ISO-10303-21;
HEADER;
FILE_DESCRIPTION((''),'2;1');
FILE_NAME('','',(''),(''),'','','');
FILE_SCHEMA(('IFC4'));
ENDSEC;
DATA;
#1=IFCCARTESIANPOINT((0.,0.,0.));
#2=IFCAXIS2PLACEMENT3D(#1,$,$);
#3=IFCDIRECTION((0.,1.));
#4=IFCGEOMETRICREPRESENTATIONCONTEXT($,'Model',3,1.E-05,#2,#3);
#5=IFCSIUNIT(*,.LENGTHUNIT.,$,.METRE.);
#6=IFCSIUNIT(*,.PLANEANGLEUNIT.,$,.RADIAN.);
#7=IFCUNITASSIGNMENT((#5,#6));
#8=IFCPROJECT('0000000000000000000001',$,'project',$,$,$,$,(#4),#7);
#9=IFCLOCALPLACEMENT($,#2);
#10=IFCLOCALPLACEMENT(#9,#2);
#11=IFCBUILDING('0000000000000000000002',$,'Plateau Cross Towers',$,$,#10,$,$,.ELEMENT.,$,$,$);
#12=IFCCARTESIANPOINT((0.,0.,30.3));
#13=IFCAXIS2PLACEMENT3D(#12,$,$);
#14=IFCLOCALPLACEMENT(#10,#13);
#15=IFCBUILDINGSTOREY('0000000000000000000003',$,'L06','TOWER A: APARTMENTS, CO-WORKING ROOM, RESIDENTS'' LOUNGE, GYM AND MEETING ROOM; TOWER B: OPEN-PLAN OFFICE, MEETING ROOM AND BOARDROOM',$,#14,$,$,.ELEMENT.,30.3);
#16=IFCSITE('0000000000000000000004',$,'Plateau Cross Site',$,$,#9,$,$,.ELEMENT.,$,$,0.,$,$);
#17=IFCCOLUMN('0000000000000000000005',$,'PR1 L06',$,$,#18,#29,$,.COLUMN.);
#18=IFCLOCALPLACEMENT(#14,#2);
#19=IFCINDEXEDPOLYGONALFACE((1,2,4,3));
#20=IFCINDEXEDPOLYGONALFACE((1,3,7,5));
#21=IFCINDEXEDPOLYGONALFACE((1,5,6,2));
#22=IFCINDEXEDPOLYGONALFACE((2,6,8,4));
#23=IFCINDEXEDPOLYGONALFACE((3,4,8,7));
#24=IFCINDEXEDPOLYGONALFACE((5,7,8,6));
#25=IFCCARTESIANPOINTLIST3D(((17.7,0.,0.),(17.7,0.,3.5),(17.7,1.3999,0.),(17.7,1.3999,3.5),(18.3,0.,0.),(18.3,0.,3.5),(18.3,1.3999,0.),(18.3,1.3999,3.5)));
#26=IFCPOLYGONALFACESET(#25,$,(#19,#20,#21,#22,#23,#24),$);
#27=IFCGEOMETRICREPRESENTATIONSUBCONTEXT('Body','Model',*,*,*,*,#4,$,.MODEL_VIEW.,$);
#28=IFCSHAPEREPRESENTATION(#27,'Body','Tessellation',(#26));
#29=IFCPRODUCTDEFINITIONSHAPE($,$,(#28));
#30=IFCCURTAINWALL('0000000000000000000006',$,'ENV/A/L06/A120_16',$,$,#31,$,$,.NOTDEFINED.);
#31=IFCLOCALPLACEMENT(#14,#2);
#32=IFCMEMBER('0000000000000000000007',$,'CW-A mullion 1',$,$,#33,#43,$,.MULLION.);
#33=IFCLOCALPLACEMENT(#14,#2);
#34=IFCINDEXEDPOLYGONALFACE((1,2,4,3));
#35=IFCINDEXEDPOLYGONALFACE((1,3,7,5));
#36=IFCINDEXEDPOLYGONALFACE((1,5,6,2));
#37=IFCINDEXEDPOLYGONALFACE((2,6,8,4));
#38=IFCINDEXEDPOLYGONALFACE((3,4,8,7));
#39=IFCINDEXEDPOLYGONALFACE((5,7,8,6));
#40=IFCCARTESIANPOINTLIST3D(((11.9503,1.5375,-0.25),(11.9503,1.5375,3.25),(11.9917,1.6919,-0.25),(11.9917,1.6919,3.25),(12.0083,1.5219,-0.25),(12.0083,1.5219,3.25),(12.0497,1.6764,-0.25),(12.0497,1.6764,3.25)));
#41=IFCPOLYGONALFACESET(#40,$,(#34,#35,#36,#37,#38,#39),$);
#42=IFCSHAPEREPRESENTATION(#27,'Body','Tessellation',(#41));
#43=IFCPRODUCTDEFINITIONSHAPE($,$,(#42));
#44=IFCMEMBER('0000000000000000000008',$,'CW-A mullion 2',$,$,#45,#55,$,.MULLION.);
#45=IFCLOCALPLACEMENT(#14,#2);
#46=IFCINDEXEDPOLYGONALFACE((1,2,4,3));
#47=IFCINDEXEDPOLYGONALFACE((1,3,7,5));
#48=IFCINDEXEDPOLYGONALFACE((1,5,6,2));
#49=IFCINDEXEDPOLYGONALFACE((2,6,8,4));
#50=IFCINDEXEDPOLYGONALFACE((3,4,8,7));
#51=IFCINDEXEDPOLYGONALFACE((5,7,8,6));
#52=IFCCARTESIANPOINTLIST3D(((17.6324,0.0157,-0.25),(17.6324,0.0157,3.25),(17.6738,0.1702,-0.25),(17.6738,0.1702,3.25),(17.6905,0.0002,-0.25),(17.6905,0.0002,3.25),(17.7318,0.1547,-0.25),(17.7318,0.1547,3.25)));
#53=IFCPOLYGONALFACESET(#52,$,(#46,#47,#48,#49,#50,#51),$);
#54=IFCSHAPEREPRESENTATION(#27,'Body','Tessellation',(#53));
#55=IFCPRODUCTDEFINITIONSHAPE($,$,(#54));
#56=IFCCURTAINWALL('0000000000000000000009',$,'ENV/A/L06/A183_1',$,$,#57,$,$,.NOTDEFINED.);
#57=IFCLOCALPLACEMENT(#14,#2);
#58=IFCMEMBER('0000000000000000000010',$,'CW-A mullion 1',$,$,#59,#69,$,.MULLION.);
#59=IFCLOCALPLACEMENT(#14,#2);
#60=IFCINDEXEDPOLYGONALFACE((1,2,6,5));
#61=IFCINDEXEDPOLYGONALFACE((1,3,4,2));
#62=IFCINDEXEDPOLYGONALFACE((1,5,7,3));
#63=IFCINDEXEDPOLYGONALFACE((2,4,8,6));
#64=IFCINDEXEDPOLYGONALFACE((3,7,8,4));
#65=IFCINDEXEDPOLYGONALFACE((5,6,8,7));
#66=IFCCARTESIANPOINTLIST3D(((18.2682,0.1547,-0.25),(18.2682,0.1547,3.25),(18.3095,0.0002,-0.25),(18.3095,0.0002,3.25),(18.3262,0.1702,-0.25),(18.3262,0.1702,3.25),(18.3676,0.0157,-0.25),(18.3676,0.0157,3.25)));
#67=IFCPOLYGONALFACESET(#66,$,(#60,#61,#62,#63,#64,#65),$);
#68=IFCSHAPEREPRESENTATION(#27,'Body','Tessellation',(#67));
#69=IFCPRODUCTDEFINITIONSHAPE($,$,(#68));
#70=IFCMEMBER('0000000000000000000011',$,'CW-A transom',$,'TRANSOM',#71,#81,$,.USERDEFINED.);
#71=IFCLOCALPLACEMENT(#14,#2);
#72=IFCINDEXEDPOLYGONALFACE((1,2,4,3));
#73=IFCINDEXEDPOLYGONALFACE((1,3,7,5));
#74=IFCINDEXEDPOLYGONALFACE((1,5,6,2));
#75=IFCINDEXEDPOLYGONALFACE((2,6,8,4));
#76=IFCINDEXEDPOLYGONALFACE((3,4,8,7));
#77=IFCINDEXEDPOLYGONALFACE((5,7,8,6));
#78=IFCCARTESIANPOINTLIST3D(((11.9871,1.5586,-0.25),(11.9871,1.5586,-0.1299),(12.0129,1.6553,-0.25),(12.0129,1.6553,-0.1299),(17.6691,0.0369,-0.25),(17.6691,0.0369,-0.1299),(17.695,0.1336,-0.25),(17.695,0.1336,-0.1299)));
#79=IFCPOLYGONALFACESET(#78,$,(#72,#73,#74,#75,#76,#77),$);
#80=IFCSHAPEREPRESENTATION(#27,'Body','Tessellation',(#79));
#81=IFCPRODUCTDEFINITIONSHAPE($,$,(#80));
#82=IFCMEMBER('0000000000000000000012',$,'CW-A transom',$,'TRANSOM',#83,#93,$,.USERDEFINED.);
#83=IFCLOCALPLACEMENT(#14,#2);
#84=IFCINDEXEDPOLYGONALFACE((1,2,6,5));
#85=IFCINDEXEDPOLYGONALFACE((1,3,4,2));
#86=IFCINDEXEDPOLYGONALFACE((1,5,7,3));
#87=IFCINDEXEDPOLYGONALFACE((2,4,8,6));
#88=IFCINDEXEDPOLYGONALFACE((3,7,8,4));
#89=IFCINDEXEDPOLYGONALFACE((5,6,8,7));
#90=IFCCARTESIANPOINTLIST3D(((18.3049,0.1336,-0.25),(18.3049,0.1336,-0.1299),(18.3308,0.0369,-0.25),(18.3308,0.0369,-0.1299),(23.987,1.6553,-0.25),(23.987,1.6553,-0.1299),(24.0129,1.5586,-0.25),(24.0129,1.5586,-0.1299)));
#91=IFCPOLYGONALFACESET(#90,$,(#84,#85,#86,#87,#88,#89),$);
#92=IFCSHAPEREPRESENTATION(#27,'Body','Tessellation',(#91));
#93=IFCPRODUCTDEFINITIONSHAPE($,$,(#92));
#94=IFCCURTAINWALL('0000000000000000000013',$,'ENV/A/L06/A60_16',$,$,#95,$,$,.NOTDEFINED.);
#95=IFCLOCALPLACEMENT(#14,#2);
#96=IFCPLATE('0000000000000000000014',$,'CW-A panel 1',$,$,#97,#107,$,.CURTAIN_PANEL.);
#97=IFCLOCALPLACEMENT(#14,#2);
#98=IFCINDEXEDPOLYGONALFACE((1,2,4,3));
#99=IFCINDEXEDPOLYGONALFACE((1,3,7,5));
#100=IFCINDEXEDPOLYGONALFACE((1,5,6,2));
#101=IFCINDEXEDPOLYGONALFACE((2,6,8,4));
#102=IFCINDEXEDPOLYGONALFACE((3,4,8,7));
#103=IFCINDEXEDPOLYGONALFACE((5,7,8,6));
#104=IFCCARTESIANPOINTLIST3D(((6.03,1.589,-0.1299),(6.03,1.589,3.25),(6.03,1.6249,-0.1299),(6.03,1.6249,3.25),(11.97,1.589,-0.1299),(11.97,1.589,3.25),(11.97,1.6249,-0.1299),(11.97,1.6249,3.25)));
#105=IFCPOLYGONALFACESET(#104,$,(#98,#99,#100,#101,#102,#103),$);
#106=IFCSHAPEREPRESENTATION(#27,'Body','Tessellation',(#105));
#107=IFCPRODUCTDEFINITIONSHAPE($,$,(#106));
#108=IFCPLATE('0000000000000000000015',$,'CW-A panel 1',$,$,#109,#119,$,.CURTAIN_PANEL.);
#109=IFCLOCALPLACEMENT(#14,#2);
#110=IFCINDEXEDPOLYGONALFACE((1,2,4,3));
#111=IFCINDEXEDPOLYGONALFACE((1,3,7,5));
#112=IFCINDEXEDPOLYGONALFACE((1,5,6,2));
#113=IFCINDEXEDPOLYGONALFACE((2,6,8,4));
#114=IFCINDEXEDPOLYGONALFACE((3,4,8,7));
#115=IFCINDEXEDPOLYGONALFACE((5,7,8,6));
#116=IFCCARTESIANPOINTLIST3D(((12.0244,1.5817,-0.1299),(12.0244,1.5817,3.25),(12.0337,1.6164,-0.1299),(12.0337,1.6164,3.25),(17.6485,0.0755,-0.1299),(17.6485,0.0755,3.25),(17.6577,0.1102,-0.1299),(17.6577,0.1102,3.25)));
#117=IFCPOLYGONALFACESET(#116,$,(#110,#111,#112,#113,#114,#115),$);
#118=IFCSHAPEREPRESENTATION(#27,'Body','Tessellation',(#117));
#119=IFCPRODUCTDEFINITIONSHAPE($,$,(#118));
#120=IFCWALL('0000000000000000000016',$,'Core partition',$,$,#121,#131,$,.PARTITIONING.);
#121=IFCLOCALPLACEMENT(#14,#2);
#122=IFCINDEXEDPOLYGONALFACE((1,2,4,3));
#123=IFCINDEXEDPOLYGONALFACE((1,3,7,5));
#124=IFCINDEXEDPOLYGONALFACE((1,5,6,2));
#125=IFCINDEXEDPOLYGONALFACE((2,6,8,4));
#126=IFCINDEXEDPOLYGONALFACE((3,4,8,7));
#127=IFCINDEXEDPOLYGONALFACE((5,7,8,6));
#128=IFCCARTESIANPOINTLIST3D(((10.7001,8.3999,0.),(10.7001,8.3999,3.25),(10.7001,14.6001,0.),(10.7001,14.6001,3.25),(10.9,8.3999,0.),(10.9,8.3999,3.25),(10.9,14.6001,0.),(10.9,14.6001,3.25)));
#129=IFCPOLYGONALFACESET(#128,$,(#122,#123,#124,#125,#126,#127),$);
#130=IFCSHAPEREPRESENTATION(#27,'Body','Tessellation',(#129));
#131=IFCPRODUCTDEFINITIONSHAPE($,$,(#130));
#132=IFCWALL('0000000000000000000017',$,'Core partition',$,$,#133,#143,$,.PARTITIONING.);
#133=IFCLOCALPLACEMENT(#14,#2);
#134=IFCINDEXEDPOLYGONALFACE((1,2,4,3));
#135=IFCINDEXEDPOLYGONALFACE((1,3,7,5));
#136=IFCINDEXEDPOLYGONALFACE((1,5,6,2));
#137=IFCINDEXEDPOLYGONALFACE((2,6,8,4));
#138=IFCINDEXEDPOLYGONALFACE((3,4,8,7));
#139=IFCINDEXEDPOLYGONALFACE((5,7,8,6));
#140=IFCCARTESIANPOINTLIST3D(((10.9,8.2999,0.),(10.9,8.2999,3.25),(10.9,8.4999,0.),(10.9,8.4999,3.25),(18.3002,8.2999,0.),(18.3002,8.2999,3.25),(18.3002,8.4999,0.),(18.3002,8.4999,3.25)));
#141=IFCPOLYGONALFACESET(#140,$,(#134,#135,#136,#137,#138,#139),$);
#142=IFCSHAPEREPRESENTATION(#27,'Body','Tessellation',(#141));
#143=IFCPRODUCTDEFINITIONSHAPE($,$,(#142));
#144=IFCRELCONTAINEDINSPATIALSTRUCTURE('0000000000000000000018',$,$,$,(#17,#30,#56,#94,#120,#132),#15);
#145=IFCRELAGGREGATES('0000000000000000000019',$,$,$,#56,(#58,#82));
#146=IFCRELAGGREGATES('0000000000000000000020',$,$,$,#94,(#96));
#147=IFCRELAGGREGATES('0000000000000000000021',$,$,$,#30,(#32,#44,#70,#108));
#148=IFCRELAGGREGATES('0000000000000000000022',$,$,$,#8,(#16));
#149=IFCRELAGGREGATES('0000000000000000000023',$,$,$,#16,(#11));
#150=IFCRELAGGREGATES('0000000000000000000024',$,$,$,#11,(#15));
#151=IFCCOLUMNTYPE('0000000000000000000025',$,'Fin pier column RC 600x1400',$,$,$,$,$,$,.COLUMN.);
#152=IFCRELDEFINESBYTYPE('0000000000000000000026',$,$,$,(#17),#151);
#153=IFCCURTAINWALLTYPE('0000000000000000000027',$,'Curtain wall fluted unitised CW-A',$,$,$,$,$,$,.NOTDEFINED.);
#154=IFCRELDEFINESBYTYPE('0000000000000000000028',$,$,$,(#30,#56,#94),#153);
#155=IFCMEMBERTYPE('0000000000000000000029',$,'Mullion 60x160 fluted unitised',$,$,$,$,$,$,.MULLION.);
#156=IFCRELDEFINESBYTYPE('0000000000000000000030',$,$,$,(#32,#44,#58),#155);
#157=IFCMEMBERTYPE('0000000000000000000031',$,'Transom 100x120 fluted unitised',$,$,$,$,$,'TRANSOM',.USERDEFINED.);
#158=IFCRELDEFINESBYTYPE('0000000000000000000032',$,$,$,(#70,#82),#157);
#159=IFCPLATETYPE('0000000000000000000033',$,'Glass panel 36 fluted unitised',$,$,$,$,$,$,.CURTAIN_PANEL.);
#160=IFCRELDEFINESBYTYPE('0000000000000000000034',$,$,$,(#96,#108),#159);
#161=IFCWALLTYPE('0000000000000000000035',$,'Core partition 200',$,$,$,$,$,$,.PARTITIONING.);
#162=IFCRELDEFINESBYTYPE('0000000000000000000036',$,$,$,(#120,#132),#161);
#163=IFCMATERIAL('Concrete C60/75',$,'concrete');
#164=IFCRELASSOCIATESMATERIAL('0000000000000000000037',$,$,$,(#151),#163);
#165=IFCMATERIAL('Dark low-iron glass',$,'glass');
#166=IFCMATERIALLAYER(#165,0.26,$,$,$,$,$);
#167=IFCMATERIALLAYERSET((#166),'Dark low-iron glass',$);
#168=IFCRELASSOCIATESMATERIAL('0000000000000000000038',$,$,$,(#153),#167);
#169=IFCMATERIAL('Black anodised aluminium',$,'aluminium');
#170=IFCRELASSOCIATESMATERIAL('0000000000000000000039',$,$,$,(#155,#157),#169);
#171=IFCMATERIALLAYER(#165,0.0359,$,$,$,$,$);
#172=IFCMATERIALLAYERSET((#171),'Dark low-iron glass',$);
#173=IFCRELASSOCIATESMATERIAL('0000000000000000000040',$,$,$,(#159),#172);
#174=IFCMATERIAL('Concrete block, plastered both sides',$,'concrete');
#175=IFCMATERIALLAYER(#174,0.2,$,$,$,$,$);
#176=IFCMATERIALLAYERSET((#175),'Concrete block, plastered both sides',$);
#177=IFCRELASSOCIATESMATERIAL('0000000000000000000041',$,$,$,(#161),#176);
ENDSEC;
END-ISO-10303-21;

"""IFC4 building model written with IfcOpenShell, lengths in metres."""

from ifc_helpers import new_model, si_unit, direction, frame, frame_2d, origin, origin_2d, place, context, subcontext, project, spatial, rectangle, extrude, material, layer, layer_set, material_profile, profile_set, type_object, element, aggregate, save


model = new_model("IFC4")

# Units and contexts
model_context = context("Model", 3, precision=1e-05, world=origin(), true_north=direction((0.0, 1.0)))
body_context = subcontext(model_context, "Body", "Model", "MODEL_VIEW")
ifc_project = project(units=[si_unit("LENGTHUNIT", "METRE"), si_unit("PLANEANGLEUNIT", "RADIAN")], contexts=[model_context])

# Site, building, storey
site_placement = place(None, origin())
site = spatial("IfcSite", under=ifc_project, at=site_placement, Name="Plateau Cross Site", CompositionType="ELEMENT", RefElevation=0.0)
building_placement = place(site_placement, origin())
building = spatial("IfcBuilding", under=site, at=building_placement, Name="Plateau Cross Towers", CompositionType="ELEMENT")
storey_placement = place(building_placement, frame((0.0, 0.0, 30.3)))
storey = spatial("IfcBuildingStorey", under=building, at=storey_placement, Name="L06", Description="TOWER A: APARTMENTS, CO-WORKING ROOM, RESIDENTS' LOUNGE, GYM AND MEETING ROOM; TOWER B: OPEN-PLAN OFFICE, MEETING ROOM AND BOARDROOM", CompositionType="ELEMENT", Elevation=30.3)

# Column
ifc_material_1 = material(Name="Concrete C60/75", Category="concrete")
ifc_material_profile_1 = material_profile(ifc_material_1, rectangle(XDim=0.6001, YDim=1.3999, at=origin_2d()), Name="RC 600x1400")
ifc_profile_set_1 = profile_set([ifc_material_profile_1], Name="Concrete C60/75")
column_type = type_object("IfcColumnType", Name="Fin pier column RC 600x1400", PredefinedType="COLUMN", material=ifc_profile_set_1)
column_placement = place(storey_placement, frame((18.0, 0.7, 0.0), z_axis=(0.0, 0.0, 1.0), x_axis=(1.0, 0.0, 0.0)))
element("IfcColumn", 1, at=column_placement, inside=storey, type_object=column_type, Name="PR1 L06", PredefinedType="COLUMN", context=body_context, shape_type="SweptSolid", body=[
    extrude(rectangle(XDim=0.6001, YDim=1.3999, at=origin_2d()), origin(), (0.0, 0.0, 1.0), 3.5),
])

# Curtain wall, members
ifc_material_2 = material(Name="Dark low-iron glass", Category="glass")
ifc_layer_1 = layer(ifc_material_2, 0.26)
ifc_layer_set_1 = layer_set([ifc_layer_1], Name="Dark low-iron glass")
curtain_wall_type = type_object("IfcCurtainWallType", Name="Curtain wall fluted unitised CW-A", PredefinedType="NOTDEFINED", material=ifc_layer_set_1)
curtain_wall_1_placement = place(storey_placement, origin())
curtain_wall_1 = element("IfcCurtainWall", 2, at=curtain_wall_1_placement, inside=storey, type_object=curtain_wall_type, Name="ENV/A/L06/A120_16", PredefinedType="NOTDEFINED")
ifc_material_3 = material(Name="Black anodised aluminium", Category="aluminium")
ifc_material_profile_2 = material_profile(ifc_material_3, rectangle(XDim=0.0601, YDim=0.1599, at=origin_2d()), Name="MULLION 60x160")
ifc_profile_set_2 = profile_set([ifc_material_profile_2], Name="Black anodised aluminium")
member_type_1 = type_object("IfcMemberType", Name="Mullion 60x160 fluted unitised", PredefinedType="MULLION", material=ifc_profile_set_2)
member_1_placement = place(storey_placement, frame((12.0, 1.6069, -0.25), z_axis=(0.0, 0.0, 1.0), x_axis=(0.965958, -0.258699, 0.0)))
member_1 = element("IfcMember", 3, at=member_1_placement, type_object=member_type_1, Name="CW-A mullion 1", PredefinedType="MULLION", context=body_context, shape_type="SweptSolid", body=[
    extrude(rectangle(XDim=0.0601, YDim=0.1599, at=origin_2d()), origin(), (0.0, 0.0, 1.0), 3.5),
])
member_2_placement = place(storey_placement, frame((17.6821, 0.0852, -0.25), z_axis=(0.0, 0.0, 1.0), x_axis=(0.965958, -0.258699, 0.0)))
member_2 = element("IfcMember", 4, at=member_2_placement, type_object=member_type_1, Name="CW-A mullion 2", PredefinedType="MULLION", context=body_context, shape_type="SweptSolid", body=[
    extrude(rectangle(XDim=0.0601, YDim=0.1599, at=origin_2d()), origin(), (0.0, 0.0, 1.0), 3.5),
])

# Curtain wall, member
curtain_wall_2_placement = place(storey_placement, origin())
curtain_wall_2 = element("IfcCurtainWall", 5, at=curtain_wall_2_placement, inside=storey, type_object=curtain_wall_type, Name="ENV/A/L06/A183_1", PredefinedType="NOTDEFINED")
member_3_placement = place(storey_placement, frame((18.3179, 0.0852, -0.25), z_axis=(0.0, 0.0, 1.0), x_axis=(0.965958, 0.258699, 0.0)))
member_3 = element("IfcMember", 6, at=member_3_placement, type_object=member_type_1, Name="CW-A mullion 1", PredefinedType="MULLION", context=body_context, shape_type="SweptSolid", body=[
    extrude(rectangle(XDim=0.0601, YDim=0.1599, at=origin_2d()), origin(), (0.0, 0.0, 1.0), 3.5),
])

# Members
ifc_material_profile_3 = material_profile(ifc_material_3, rectangle(XDim=0.1001, YDim=0.1201, at=origin_2d()), Name="TRANSOM 100x120")
ifc_profile_set_3 = profile_set([ifc_material_profile_3], Name="Black anodised aluminium")
member_type_2 = type_object("IfcMemberType", Name="Transom 100x120 fluted unitised", ElementType="TRANSOM", PredefinedType="USERDEFINED", material=ifc_profile_set_3)
member_4_placement = place(storey_placement, frame((12.0, 1.6069, -0.1899), z_axis=(0.96596, -0.258693, 0.0), x_axis=(0.258693, 0.96596, 0.0)))
member_4 = element("IfcMember", 7, at=member_4_placement, type_object=member_type_2, Name="CW-A transom", ObjectType="TRANSOM", PredefinedType="USERDEFINED", context=body_context, shape_type="SweptSolid", body=[
    extrude(rectangle(XDim=0.1001, YDim=0.1201, at=origin_2d()), origin(), (0.0, 0.0, 1.0), 5.8823),
])
member_5_placement = place(storey_placement, frame((18.3179, 0.0852, -0.1899), z_axis=(0.96596, 0.258693, 0.0), x_axis=(-0.258693, 0.96596, 0.0)))
member_5 = element("IfcMember", 8, at=member_5_placement, type_object=member_type_2, Name="CW-A transom", ObjectType="TRANSOM", PredefinedType="USERDEFINED", context=body_context, shape_type="SweptSolid", body=[
    extrude(rectangle(XDim=0.1001, YDim=0.1201, at=origin_2d()), origin(), (0.0, 0.0, 1.0), 5.8823),
])
aggregate(curtain_wall_2, [member_3, member_5])

# Curtain wall, plate
curtain_wall_3_placement = place(storey_placement, origin())
curtain_wall_3 = element("IfcCurtainWall", 9, at=curtain_wall_3_placement, inside=storey, type_object=curtain_wall_type, Name="ENV/A/L06/A60_16", PredefinedType="NOTDEFINED")
ifc_layer_2 = layer(ifc_material_2, 0.0359)
ifc_layer_set_2 = layer_set([ifc_layer_2], Name="Dark low-iron glass")
plate_type = type_object("IfcPlateType", Name="Glass panel 36 fluted unitised", PredefinedType="CURTAIN_PANEL", material=ifc_layer_set_2)
plate_1_placement = place(storey_placement, frame((9.0, 1.6069, -0.1299), z_axis=(0.0, 0.0, 1.0), x_axis=(1.0, 0.0, 0.0)))
plate_1 = element("IfcPlate", 10, at=plate_1_placement, type_object=plate_type, Name="CW-A panel 1", PredefinedType="CURTAIN_PANEL", context=body_context, shape_type="SweptSolid", body=[
    extrude(rectangle(XDim=5.9399, YDim=0.0359, at=origin_2d()), origin(), (0.0, 0.0, 1.0), 3.3799),
])
aggregate(curtain_wall_3, [plate_1])

# Plate
plate_2_placement = place(storey_placement, frame((14.8411, 0.8459, -0.1299), z_axis=(0.0, 0.0, 1.0), x_axis=(0.965958, -0.258699, 0.0)))
plate_2 = element("IfcPlate", 11, at=plate_2_placement, type_object=plate_type, Name="CW-A panel 1", PredefinedType="CURTAIN_PANEL", context=body_context, shape_type="SweptSolid", body=[
    extrude(rectangle(XDim=5.8223, YDim=0.0359, at=origin_2d()), origin(), (0.0, 0.0, 1.0), 3.3799),
])
aggregate(curtain_wall_1, [member_1, member_2, member_4, plate_2])

# Walls
ifc_material_4 = material(Name="Concrete block, plastered both sides", Category="concrete")
ifc_layer_3 = layer(ifc_material_4, 0.2)
ifc_layer_set_3 = layer_set([ifc_layer_3], Name="Concrete block, plastered both sides")
wall_type_1 = type_object("IfcWallType", Name="Core partition 200", PredefinedType="PARTITIONING", material=ifc_layer_set_3)
wall_1_placement = place(storey_placement, frame((10.8, 8.3999, 0.0), z_axis=(0.0, 0.0, 1.0), x_axis=(0.0, 1.0, 0.0)))
element("IfcWall", 12, at=wall_1_placement, inside=storey, type_object=wall_type_1, Name="Core partition", PredefinedType="PARTITIONING", context=body_context, shape_type="SweptSolid", body=[
    extrude(rectangle(XDim=6.2002, YDim=0.2, at=frame_2d((3.1001, 0.0))), origin(), (0.0, 0.0, 1.0), 3.25),
])
wall_2_placement = place(storey_placement, frame((10.8999, 8.3999, 0.0), z_axis=(0.0, 0.0, 1.0), x_axis=(1.0, 0.0, 0.0)))
element("IfcWall", 13, at=wall_2_placement, inside=storey, type_object=wall_type_1, Name="Core partition", PredefinedType="PARTITIONING", context=body_context, shape_type="SweptSolid", body=[
    extrude(rectangle(XDim=7.4001, YDim=0.2, at=frame_2d((3.7002, 0.0))), origin(), (0.0, 0.0, 1.0), 3.25),
])

save(model, "model.ifc")
